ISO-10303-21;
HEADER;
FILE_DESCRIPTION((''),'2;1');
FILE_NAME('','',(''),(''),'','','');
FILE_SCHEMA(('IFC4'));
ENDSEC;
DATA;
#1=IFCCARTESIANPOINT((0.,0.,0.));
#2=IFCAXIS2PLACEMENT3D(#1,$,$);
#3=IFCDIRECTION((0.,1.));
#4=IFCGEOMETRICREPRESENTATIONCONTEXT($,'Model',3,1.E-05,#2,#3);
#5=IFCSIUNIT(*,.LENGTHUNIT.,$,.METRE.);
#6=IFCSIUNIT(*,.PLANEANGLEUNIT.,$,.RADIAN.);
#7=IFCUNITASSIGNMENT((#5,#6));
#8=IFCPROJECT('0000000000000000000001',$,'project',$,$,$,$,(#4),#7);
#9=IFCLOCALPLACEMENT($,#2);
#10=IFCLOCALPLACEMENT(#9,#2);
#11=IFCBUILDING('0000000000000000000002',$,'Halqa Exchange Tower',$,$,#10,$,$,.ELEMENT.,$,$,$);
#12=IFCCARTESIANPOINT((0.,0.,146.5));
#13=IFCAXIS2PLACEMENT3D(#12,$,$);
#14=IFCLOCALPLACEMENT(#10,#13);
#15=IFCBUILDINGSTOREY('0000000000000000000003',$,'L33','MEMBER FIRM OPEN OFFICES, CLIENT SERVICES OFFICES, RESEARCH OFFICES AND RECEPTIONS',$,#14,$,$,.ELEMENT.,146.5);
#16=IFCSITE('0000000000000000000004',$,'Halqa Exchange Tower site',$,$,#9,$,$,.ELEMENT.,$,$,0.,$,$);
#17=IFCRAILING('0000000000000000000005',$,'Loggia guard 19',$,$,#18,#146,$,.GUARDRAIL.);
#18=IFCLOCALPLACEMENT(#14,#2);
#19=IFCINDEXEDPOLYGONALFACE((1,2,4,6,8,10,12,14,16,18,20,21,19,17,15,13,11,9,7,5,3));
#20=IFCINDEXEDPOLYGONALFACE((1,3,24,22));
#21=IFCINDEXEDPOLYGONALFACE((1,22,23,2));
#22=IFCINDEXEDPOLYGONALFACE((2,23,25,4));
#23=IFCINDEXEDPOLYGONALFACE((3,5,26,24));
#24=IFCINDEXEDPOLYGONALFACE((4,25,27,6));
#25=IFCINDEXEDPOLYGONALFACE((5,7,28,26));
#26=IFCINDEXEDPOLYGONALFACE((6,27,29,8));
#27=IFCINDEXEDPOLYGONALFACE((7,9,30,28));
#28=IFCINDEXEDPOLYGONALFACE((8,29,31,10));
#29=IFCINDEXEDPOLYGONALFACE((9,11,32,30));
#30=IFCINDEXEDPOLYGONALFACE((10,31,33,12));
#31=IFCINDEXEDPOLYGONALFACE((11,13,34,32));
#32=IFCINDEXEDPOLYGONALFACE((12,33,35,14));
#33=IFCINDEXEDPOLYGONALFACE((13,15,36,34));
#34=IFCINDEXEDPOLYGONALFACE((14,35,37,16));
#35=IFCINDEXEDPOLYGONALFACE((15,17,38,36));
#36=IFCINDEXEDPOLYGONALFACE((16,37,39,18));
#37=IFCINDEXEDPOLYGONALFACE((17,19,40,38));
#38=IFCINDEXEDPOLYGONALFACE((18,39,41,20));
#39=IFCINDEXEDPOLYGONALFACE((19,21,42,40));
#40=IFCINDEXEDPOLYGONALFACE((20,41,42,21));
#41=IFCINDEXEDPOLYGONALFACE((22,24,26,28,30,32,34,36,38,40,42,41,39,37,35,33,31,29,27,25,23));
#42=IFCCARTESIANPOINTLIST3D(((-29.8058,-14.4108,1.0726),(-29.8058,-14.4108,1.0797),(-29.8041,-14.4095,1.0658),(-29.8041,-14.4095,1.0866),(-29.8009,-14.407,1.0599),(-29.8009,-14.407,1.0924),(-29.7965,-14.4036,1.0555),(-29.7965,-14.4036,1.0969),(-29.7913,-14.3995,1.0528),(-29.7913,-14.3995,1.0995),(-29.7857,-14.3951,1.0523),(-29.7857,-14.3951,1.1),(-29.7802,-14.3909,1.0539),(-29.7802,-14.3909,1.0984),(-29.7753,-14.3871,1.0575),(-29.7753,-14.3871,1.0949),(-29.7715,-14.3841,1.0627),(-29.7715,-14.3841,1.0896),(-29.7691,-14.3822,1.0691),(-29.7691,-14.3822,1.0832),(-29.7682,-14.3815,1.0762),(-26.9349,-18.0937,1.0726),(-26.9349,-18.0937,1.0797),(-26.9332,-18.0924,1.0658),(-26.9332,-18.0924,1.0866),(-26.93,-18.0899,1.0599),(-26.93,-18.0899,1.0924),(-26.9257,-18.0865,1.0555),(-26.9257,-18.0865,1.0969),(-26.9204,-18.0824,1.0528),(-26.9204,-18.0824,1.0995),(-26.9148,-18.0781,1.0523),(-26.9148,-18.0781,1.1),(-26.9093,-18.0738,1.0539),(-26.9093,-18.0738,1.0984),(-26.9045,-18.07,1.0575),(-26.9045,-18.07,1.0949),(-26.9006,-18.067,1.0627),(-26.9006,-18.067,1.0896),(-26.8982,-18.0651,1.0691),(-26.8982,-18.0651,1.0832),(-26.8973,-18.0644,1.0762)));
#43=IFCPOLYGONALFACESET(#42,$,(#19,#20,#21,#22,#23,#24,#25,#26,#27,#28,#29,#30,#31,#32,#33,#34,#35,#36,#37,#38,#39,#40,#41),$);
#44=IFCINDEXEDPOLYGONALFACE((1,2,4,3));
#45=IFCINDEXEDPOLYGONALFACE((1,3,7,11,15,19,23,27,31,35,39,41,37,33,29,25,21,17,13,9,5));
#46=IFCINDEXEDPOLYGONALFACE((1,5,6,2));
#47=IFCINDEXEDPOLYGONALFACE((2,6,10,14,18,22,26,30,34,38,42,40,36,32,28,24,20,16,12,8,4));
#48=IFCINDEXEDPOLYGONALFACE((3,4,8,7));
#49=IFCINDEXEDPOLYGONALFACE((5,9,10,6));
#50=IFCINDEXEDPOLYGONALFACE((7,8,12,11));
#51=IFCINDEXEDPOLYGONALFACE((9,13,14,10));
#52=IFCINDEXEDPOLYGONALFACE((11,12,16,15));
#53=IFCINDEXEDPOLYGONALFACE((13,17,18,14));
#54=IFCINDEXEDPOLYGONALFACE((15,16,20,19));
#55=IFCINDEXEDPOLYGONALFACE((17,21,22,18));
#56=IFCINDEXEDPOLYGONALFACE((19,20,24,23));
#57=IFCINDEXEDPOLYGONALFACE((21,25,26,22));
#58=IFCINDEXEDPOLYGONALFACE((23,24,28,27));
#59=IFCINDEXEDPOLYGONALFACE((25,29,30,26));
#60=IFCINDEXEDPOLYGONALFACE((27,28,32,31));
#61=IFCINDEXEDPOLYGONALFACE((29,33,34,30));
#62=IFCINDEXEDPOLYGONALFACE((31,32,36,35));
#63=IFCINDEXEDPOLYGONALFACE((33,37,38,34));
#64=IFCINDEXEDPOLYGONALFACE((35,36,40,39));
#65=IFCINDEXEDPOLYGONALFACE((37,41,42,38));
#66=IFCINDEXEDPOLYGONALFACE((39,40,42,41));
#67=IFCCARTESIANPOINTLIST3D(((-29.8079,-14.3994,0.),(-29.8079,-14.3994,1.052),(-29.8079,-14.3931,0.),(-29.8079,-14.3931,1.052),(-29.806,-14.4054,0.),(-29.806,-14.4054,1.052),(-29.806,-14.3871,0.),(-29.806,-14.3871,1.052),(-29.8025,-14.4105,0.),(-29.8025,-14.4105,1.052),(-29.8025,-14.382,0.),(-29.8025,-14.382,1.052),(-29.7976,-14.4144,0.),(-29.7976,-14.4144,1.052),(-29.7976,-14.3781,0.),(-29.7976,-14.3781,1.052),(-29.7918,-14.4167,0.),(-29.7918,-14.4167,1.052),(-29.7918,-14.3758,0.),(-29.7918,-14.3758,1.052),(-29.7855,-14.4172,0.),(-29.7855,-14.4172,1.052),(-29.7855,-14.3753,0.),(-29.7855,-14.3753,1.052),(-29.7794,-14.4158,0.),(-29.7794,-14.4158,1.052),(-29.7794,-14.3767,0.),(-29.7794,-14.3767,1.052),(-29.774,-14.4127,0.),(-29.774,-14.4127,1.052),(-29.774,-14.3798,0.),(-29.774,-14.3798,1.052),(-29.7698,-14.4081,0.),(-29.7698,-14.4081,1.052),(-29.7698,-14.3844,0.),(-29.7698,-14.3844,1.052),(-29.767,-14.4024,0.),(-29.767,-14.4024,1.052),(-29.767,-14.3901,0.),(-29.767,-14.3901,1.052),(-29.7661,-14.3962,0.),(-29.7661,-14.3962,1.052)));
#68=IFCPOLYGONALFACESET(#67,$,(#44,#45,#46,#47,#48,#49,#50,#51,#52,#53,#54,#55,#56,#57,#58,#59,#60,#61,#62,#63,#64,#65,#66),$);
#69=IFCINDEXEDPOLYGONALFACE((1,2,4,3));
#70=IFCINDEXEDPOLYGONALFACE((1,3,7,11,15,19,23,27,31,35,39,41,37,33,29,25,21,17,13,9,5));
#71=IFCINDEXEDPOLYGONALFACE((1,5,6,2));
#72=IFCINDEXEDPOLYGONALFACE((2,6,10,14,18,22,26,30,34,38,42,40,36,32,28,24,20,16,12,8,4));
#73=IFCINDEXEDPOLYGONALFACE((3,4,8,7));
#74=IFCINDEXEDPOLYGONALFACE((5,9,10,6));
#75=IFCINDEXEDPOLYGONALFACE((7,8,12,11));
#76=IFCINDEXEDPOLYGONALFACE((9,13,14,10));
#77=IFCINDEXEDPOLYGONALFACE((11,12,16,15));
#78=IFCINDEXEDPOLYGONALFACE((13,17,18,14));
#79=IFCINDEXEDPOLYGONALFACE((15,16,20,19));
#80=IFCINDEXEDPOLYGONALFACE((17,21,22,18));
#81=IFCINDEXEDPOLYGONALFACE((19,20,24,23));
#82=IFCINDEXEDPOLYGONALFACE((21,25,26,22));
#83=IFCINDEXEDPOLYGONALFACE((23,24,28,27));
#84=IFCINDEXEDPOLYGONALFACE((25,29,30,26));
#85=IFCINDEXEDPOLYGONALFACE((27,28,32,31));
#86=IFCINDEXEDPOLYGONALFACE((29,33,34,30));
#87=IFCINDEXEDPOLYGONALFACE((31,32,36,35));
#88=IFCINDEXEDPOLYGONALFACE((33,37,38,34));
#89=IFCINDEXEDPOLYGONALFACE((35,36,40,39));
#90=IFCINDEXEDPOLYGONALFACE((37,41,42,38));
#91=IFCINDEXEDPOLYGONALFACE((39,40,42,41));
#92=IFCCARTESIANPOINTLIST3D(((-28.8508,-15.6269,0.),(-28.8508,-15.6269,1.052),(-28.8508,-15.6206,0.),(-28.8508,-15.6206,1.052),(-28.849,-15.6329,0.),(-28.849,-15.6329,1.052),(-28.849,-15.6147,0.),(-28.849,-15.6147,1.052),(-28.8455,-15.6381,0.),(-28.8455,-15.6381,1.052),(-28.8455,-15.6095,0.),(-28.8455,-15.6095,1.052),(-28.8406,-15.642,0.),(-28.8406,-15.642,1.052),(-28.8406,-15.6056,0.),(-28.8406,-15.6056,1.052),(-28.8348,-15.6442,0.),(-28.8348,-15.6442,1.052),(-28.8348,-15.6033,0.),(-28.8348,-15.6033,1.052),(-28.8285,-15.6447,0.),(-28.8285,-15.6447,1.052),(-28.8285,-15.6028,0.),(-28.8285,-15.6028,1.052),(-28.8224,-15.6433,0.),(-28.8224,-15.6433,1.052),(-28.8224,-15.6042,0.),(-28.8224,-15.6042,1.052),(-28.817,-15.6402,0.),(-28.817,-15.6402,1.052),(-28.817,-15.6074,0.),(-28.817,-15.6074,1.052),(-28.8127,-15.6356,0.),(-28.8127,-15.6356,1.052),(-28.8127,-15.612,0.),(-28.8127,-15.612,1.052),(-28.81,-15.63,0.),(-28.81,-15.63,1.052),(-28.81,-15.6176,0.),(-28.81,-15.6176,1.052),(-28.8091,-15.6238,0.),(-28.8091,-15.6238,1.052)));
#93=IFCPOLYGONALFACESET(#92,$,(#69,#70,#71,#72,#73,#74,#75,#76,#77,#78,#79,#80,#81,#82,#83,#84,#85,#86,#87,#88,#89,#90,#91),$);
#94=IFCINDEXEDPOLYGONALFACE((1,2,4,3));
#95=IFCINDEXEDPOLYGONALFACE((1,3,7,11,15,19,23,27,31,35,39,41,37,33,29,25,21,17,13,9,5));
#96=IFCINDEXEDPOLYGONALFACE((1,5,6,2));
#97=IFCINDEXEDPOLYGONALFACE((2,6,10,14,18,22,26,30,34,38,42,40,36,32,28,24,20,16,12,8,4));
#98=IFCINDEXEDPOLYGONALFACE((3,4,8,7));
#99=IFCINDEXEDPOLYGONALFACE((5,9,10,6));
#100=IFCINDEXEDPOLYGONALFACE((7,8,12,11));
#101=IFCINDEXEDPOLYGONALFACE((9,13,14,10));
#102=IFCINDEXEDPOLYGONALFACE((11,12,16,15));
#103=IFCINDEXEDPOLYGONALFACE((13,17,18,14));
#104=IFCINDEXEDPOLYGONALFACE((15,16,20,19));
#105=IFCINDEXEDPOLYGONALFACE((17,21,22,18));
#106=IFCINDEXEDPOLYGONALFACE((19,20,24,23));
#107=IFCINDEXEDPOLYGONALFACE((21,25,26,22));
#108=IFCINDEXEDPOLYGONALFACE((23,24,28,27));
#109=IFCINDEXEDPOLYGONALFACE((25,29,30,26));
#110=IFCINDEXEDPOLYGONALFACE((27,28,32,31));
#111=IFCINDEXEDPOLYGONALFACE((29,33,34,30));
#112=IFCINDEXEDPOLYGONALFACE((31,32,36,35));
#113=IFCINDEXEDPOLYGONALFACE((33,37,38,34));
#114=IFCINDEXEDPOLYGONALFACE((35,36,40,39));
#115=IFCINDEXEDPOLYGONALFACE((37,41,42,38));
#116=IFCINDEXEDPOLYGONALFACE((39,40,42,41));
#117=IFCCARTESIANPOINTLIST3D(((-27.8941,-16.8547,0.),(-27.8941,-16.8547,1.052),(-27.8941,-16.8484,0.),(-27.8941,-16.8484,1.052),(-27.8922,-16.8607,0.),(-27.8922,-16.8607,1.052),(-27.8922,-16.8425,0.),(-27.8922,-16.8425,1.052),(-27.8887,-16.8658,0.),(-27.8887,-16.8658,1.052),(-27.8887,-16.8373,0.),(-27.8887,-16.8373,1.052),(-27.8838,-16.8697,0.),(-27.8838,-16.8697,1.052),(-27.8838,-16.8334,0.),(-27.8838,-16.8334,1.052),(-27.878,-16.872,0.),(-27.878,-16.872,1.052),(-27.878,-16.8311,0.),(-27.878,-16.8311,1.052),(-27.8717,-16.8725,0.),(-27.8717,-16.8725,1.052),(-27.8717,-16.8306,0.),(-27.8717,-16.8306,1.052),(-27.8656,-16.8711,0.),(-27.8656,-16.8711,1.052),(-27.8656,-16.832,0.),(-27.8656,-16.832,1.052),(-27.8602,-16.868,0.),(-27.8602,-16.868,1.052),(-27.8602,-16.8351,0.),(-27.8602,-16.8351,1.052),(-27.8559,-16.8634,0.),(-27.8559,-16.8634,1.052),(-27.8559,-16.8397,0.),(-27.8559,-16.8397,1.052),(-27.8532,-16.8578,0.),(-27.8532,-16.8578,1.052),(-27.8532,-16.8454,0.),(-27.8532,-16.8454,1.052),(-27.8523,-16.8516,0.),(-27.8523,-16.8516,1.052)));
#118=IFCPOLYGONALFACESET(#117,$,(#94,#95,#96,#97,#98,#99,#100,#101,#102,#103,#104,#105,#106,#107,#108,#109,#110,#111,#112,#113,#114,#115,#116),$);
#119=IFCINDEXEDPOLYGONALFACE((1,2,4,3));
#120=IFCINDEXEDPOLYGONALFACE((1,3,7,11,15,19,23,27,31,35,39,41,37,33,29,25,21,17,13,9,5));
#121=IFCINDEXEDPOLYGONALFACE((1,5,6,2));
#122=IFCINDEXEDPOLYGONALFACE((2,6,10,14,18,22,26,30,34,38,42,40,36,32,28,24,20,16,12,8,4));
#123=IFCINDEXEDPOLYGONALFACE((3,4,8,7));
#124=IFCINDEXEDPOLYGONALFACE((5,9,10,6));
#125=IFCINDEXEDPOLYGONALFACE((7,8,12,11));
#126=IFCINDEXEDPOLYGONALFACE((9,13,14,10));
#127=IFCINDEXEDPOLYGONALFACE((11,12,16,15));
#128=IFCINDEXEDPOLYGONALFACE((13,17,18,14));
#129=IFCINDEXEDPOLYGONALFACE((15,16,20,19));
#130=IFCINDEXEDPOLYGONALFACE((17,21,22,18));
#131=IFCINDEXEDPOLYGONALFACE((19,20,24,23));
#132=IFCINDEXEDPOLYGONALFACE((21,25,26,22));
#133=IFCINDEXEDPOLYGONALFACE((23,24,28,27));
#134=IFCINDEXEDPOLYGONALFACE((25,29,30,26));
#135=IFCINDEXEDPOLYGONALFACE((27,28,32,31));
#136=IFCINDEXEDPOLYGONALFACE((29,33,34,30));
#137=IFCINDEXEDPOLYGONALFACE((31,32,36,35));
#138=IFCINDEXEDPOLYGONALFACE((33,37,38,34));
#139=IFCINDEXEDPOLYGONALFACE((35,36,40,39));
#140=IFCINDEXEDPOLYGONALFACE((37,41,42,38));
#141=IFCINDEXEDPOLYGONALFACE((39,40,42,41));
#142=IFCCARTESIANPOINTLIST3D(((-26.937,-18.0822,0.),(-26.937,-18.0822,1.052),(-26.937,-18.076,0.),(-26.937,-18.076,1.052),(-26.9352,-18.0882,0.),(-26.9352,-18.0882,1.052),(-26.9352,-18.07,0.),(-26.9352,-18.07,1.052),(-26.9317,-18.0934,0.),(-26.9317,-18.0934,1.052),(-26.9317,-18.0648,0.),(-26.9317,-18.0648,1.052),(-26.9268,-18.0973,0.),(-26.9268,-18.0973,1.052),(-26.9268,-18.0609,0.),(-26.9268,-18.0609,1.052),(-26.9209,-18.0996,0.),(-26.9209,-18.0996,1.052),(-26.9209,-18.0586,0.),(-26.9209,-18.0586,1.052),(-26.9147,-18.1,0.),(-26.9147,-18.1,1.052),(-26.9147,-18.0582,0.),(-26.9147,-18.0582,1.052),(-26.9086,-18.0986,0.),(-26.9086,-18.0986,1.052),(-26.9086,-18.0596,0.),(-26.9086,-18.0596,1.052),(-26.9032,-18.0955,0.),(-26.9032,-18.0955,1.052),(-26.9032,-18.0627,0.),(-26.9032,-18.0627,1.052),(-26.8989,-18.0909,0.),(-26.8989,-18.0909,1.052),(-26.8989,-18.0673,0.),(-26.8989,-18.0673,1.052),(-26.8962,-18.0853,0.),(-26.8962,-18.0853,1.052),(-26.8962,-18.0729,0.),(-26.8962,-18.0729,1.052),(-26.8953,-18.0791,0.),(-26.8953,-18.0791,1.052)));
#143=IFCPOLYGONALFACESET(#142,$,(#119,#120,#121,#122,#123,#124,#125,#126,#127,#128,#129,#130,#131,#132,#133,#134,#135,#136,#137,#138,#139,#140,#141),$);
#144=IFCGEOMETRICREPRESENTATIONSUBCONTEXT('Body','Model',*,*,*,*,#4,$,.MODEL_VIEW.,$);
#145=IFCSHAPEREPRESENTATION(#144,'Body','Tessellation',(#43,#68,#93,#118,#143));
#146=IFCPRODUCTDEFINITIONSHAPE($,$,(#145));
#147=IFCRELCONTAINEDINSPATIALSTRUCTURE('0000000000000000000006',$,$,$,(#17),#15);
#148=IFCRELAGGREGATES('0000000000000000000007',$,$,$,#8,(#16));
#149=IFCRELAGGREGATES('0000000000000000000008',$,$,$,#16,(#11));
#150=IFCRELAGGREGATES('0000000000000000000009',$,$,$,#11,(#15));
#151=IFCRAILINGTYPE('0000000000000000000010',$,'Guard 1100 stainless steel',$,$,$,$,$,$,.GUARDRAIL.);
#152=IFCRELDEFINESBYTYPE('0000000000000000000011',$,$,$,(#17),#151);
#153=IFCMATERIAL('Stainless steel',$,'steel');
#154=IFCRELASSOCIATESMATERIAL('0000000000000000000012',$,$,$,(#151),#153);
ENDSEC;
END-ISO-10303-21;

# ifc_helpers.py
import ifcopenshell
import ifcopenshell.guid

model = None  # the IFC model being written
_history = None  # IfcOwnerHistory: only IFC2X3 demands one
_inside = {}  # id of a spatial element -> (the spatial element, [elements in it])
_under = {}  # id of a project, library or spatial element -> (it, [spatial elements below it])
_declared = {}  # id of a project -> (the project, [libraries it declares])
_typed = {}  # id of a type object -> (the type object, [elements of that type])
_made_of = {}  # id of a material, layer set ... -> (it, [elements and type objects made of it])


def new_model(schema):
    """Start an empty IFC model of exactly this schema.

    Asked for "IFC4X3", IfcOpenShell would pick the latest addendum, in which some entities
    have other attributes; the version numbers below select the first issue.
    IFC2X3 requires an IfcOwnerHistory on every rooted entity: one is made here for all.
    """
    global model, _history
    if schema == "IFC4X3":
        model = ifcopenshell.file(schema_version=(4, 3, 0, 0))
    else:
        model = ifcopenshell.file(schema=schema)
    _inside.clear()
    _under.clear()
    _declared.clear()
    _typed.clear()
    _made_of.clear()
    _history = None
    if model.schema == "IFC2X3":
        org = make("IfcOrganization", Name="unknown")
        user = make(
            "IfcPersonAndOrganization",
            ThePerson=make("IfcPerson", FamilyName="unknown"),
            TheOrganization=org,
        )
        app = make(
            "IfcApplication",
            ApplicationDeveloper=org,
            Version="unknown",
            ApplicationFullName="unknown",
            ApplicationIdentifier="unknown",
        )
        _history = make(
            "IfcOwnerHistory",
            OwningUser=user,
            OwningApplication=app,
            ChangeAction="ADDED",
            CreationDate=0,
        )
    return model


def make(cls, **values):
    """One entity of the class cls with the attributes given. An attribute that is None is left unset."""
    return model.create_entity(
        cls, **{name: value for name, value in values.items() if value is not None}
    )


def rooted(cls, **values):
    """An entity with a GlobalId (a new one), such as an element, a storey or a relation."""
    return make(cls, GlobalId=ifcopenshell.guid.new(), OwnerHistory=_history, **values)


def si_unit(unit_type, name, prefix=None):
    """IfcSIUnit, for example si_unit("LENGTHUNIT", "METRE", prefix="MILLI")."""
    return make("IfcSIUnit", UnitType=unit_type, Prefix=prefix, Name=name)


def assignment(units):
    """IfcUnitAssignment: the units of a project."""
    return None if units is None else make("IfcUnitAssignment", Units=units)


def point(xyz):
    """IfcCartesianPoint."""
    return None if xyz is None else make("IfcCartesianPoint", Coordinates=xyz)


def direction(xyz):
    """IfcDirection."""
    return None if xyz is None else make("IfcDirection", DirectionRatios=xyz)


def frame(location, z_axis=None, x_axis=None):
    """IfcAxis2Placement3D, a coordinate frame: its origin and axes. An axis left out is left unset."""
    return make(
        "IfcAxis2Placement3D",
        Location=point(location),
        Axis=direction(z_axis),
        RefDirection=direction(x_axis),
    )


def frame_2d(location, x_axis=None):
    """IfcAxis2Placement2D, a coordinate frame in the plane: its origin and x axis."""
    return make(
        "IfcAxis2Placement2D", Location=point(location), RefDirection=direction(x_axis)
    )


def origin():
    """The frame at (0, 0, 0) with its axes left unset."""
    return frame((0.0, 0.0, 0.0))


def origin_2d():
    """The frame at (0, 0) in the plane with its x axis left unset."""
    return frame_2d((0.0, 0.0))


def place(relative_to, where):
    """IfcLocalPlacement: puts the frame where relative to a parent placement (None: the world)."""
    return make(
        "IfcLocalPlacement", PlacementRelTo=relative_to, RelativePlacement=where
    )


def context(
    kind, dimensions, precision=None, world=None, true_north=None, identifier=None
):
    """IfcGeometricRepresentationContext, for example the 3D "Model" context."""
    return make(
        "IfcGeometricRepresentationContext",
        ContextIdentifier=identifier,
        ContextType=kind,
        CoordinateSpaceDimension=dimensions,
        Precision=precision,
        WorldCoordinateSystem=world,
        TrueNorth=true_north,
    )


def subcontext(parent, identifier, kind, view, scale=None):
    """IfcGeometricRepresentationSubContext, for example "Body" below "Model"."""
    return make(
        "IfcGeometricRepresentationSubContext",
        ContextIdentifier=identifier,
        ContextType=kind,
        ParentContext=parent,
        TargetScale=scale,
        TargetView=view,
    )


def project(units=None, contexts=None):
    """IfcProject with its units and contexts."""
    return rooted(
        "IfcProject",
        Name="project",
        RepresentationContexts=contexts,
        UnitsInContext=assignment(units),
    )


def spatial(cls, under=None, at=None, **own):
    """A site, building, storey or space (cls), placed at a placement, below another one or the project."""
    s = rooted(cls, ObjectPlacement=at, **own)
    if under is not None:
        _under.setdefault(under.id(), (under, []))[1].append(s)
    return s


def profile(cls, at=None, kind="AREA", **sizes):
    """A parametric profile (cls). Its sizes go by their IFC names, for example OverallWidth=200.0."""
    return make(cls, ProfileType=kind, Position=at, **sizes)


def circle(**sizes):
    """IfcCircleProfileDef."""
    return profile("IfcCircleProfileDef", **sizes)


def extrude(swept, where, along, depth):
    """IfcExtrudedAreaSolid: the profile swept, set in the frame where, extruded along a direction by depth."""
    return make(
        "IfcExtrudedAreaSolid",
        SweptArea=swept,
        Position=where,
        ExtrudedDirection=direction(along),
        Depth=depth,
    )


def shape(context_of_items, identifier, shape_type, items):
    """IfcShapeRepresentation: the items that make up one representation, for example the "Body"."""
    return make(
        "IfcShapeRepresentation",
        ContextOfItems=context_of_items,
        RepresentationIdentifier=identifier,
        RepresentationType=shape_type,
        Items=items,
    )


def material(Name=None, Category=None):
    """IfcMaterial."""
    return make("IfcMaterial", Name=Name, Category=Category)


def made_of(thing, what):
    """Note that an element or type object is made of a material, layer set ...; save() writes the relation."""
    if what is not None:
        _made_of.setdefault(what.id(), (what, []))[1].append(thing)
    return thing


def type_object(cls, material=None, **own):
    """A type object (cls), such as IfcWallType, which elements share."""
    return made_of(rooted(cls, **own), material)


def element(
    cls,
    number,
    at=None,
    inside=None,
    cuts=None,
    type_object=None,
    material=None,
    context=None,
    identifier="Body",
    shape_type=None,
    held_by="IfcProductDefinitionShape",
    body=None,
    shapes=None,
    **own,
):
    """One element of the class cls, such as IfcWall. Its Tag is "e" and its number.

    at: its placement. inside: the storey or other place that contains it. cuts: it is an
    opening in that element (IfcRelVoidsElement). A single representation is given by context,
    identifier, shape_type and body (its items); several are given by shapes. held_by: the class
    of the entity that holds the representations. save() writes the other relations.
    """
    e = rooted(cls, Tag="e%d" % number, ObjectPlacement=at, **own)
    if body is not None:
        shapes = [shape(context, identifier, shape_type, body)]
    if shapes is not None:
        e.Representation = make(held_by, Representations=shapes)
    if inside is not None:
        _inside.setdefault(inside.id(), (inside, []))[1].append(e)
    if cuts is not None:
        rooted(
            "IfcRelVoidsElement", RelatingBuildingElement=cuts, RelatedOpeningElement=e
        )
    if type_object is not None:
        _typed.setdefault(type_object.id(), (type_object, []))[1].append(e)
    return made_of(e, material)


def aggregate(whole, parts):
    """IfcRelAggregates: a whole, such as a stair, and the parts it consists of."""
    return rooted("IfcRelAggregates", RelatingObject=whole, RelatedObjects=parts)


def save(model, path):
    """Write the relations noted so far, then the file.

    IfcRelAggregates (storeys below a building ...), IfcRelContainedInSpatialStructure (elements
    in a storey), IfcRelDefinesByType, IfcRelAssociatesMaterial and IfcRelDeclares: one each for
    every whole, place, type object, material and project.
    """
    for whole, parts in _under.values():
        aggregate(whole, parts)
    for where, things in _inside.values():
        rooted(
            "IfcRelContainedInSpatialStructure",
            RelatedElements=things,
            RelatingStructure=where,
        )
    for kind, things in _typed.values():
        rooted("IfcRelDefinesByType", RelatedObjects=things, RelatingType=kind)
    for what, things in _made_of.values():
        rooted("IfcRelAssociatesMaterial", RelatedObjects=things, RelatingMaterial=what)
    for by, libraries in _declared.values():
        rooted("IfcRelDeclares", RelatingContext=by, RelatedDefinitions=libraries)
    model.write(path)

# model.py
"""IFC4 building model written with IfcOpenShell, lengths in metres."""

from ifc_helpers import new_model, si_unit, direction, frame, origin, origin_2d, place, context, subcontext, project, spatial, circle, extrude, material, type_object, element, save


model = new_model("IFC4")

# Units and contexts
model_context = context("Model", 3, precision=1e-05, world=origin(), true_north=direction((0.0, 1.0)))
body_context = subcontext(model_context, "Body", "Model", "MODEL_VIEW")
ifc_project = project(units=[si_unit("LENGTHUNIT", "METRE"), si_unit("PLANEANGLEUNIT", "RADIAN")], contexts=[model_context])

# Site, building, storey
site_placement = place(None, origin())
site = spatial("IfcSite", under=ifc_project, at=site_placement, Name="Halqa Exchange Tower site", CompositionType="ELEMENT", RefElevation=0.0)
building_placement = place(site_placement, origin())
building = spatial("IfcBuilding", under=site, at=building_placement, Name="Halqa Exchange Tower", CompositionType="ELEMENT")
storey_placement = place(building_placement, frame((0.0, 0.0, 146.5)))
storey = spatial("IfcBuildingStorey", under=building, at=storey_placement, Name="L33", Description="MEMBER FIRM OPEN OFFICES, CLIENT SERVICES OFFICES, RESEARCH OFFICES AND RECEPTIONS", CompositionType="ELEMENT", Elevation=146.5)

# Railing
ifc_material_1 = material(Name="Stainless steel", Category="steel")
railing_type = type_object("IfcRailingType", Name="Guard 1100 stainless steel", PredefinedType="GUARDRAIL", material=ifc_material_1)
railing_1_placement = place(storey_placement, frame((-29.7871, -14.3962, 0.0)))
element("IfcRailing", 1, at=railing_1_placement, inside=storey, type_object=railing_type, Name="Loggia guard 19", PredefinedType="GUARDRAIL", context=body_context, shape_type="SweptSolid", body=[
    extrude(circle(Radius=0.0239, at=origin_2d()), frame((0.0, 0.0, 1.0762), z_axis=(0.614794, -0.788687, 0.0), x_axis=(0.788687, 0.614794, 0.0)), (0.0, 0.0, 1.0), 4.6697),
    extrude(circle(Radius=0.021, at=origin_2d()), origin(), (0.0, 0.0, 1.0), 1.052),
    extrude(circle(Radius=0.021, at=origin_2d()), frame((0.957, -1.2275, 0.0)), (0.0, 0.0, 1.0), 1.052),
    extrude(circle(Radius=0.021, at=origin_2d()), frame((1.9138, -2.4553, 0.0)), (0.0, 0.0, 1.0), 1.052),
    extrude(circle(Radius=0.021, at=origin_2d()), frame((2.8708, -3.6829, 0.0)), (0.0, 0.0, 1.0), 1.052),
])

save(model, "model.ifc")
